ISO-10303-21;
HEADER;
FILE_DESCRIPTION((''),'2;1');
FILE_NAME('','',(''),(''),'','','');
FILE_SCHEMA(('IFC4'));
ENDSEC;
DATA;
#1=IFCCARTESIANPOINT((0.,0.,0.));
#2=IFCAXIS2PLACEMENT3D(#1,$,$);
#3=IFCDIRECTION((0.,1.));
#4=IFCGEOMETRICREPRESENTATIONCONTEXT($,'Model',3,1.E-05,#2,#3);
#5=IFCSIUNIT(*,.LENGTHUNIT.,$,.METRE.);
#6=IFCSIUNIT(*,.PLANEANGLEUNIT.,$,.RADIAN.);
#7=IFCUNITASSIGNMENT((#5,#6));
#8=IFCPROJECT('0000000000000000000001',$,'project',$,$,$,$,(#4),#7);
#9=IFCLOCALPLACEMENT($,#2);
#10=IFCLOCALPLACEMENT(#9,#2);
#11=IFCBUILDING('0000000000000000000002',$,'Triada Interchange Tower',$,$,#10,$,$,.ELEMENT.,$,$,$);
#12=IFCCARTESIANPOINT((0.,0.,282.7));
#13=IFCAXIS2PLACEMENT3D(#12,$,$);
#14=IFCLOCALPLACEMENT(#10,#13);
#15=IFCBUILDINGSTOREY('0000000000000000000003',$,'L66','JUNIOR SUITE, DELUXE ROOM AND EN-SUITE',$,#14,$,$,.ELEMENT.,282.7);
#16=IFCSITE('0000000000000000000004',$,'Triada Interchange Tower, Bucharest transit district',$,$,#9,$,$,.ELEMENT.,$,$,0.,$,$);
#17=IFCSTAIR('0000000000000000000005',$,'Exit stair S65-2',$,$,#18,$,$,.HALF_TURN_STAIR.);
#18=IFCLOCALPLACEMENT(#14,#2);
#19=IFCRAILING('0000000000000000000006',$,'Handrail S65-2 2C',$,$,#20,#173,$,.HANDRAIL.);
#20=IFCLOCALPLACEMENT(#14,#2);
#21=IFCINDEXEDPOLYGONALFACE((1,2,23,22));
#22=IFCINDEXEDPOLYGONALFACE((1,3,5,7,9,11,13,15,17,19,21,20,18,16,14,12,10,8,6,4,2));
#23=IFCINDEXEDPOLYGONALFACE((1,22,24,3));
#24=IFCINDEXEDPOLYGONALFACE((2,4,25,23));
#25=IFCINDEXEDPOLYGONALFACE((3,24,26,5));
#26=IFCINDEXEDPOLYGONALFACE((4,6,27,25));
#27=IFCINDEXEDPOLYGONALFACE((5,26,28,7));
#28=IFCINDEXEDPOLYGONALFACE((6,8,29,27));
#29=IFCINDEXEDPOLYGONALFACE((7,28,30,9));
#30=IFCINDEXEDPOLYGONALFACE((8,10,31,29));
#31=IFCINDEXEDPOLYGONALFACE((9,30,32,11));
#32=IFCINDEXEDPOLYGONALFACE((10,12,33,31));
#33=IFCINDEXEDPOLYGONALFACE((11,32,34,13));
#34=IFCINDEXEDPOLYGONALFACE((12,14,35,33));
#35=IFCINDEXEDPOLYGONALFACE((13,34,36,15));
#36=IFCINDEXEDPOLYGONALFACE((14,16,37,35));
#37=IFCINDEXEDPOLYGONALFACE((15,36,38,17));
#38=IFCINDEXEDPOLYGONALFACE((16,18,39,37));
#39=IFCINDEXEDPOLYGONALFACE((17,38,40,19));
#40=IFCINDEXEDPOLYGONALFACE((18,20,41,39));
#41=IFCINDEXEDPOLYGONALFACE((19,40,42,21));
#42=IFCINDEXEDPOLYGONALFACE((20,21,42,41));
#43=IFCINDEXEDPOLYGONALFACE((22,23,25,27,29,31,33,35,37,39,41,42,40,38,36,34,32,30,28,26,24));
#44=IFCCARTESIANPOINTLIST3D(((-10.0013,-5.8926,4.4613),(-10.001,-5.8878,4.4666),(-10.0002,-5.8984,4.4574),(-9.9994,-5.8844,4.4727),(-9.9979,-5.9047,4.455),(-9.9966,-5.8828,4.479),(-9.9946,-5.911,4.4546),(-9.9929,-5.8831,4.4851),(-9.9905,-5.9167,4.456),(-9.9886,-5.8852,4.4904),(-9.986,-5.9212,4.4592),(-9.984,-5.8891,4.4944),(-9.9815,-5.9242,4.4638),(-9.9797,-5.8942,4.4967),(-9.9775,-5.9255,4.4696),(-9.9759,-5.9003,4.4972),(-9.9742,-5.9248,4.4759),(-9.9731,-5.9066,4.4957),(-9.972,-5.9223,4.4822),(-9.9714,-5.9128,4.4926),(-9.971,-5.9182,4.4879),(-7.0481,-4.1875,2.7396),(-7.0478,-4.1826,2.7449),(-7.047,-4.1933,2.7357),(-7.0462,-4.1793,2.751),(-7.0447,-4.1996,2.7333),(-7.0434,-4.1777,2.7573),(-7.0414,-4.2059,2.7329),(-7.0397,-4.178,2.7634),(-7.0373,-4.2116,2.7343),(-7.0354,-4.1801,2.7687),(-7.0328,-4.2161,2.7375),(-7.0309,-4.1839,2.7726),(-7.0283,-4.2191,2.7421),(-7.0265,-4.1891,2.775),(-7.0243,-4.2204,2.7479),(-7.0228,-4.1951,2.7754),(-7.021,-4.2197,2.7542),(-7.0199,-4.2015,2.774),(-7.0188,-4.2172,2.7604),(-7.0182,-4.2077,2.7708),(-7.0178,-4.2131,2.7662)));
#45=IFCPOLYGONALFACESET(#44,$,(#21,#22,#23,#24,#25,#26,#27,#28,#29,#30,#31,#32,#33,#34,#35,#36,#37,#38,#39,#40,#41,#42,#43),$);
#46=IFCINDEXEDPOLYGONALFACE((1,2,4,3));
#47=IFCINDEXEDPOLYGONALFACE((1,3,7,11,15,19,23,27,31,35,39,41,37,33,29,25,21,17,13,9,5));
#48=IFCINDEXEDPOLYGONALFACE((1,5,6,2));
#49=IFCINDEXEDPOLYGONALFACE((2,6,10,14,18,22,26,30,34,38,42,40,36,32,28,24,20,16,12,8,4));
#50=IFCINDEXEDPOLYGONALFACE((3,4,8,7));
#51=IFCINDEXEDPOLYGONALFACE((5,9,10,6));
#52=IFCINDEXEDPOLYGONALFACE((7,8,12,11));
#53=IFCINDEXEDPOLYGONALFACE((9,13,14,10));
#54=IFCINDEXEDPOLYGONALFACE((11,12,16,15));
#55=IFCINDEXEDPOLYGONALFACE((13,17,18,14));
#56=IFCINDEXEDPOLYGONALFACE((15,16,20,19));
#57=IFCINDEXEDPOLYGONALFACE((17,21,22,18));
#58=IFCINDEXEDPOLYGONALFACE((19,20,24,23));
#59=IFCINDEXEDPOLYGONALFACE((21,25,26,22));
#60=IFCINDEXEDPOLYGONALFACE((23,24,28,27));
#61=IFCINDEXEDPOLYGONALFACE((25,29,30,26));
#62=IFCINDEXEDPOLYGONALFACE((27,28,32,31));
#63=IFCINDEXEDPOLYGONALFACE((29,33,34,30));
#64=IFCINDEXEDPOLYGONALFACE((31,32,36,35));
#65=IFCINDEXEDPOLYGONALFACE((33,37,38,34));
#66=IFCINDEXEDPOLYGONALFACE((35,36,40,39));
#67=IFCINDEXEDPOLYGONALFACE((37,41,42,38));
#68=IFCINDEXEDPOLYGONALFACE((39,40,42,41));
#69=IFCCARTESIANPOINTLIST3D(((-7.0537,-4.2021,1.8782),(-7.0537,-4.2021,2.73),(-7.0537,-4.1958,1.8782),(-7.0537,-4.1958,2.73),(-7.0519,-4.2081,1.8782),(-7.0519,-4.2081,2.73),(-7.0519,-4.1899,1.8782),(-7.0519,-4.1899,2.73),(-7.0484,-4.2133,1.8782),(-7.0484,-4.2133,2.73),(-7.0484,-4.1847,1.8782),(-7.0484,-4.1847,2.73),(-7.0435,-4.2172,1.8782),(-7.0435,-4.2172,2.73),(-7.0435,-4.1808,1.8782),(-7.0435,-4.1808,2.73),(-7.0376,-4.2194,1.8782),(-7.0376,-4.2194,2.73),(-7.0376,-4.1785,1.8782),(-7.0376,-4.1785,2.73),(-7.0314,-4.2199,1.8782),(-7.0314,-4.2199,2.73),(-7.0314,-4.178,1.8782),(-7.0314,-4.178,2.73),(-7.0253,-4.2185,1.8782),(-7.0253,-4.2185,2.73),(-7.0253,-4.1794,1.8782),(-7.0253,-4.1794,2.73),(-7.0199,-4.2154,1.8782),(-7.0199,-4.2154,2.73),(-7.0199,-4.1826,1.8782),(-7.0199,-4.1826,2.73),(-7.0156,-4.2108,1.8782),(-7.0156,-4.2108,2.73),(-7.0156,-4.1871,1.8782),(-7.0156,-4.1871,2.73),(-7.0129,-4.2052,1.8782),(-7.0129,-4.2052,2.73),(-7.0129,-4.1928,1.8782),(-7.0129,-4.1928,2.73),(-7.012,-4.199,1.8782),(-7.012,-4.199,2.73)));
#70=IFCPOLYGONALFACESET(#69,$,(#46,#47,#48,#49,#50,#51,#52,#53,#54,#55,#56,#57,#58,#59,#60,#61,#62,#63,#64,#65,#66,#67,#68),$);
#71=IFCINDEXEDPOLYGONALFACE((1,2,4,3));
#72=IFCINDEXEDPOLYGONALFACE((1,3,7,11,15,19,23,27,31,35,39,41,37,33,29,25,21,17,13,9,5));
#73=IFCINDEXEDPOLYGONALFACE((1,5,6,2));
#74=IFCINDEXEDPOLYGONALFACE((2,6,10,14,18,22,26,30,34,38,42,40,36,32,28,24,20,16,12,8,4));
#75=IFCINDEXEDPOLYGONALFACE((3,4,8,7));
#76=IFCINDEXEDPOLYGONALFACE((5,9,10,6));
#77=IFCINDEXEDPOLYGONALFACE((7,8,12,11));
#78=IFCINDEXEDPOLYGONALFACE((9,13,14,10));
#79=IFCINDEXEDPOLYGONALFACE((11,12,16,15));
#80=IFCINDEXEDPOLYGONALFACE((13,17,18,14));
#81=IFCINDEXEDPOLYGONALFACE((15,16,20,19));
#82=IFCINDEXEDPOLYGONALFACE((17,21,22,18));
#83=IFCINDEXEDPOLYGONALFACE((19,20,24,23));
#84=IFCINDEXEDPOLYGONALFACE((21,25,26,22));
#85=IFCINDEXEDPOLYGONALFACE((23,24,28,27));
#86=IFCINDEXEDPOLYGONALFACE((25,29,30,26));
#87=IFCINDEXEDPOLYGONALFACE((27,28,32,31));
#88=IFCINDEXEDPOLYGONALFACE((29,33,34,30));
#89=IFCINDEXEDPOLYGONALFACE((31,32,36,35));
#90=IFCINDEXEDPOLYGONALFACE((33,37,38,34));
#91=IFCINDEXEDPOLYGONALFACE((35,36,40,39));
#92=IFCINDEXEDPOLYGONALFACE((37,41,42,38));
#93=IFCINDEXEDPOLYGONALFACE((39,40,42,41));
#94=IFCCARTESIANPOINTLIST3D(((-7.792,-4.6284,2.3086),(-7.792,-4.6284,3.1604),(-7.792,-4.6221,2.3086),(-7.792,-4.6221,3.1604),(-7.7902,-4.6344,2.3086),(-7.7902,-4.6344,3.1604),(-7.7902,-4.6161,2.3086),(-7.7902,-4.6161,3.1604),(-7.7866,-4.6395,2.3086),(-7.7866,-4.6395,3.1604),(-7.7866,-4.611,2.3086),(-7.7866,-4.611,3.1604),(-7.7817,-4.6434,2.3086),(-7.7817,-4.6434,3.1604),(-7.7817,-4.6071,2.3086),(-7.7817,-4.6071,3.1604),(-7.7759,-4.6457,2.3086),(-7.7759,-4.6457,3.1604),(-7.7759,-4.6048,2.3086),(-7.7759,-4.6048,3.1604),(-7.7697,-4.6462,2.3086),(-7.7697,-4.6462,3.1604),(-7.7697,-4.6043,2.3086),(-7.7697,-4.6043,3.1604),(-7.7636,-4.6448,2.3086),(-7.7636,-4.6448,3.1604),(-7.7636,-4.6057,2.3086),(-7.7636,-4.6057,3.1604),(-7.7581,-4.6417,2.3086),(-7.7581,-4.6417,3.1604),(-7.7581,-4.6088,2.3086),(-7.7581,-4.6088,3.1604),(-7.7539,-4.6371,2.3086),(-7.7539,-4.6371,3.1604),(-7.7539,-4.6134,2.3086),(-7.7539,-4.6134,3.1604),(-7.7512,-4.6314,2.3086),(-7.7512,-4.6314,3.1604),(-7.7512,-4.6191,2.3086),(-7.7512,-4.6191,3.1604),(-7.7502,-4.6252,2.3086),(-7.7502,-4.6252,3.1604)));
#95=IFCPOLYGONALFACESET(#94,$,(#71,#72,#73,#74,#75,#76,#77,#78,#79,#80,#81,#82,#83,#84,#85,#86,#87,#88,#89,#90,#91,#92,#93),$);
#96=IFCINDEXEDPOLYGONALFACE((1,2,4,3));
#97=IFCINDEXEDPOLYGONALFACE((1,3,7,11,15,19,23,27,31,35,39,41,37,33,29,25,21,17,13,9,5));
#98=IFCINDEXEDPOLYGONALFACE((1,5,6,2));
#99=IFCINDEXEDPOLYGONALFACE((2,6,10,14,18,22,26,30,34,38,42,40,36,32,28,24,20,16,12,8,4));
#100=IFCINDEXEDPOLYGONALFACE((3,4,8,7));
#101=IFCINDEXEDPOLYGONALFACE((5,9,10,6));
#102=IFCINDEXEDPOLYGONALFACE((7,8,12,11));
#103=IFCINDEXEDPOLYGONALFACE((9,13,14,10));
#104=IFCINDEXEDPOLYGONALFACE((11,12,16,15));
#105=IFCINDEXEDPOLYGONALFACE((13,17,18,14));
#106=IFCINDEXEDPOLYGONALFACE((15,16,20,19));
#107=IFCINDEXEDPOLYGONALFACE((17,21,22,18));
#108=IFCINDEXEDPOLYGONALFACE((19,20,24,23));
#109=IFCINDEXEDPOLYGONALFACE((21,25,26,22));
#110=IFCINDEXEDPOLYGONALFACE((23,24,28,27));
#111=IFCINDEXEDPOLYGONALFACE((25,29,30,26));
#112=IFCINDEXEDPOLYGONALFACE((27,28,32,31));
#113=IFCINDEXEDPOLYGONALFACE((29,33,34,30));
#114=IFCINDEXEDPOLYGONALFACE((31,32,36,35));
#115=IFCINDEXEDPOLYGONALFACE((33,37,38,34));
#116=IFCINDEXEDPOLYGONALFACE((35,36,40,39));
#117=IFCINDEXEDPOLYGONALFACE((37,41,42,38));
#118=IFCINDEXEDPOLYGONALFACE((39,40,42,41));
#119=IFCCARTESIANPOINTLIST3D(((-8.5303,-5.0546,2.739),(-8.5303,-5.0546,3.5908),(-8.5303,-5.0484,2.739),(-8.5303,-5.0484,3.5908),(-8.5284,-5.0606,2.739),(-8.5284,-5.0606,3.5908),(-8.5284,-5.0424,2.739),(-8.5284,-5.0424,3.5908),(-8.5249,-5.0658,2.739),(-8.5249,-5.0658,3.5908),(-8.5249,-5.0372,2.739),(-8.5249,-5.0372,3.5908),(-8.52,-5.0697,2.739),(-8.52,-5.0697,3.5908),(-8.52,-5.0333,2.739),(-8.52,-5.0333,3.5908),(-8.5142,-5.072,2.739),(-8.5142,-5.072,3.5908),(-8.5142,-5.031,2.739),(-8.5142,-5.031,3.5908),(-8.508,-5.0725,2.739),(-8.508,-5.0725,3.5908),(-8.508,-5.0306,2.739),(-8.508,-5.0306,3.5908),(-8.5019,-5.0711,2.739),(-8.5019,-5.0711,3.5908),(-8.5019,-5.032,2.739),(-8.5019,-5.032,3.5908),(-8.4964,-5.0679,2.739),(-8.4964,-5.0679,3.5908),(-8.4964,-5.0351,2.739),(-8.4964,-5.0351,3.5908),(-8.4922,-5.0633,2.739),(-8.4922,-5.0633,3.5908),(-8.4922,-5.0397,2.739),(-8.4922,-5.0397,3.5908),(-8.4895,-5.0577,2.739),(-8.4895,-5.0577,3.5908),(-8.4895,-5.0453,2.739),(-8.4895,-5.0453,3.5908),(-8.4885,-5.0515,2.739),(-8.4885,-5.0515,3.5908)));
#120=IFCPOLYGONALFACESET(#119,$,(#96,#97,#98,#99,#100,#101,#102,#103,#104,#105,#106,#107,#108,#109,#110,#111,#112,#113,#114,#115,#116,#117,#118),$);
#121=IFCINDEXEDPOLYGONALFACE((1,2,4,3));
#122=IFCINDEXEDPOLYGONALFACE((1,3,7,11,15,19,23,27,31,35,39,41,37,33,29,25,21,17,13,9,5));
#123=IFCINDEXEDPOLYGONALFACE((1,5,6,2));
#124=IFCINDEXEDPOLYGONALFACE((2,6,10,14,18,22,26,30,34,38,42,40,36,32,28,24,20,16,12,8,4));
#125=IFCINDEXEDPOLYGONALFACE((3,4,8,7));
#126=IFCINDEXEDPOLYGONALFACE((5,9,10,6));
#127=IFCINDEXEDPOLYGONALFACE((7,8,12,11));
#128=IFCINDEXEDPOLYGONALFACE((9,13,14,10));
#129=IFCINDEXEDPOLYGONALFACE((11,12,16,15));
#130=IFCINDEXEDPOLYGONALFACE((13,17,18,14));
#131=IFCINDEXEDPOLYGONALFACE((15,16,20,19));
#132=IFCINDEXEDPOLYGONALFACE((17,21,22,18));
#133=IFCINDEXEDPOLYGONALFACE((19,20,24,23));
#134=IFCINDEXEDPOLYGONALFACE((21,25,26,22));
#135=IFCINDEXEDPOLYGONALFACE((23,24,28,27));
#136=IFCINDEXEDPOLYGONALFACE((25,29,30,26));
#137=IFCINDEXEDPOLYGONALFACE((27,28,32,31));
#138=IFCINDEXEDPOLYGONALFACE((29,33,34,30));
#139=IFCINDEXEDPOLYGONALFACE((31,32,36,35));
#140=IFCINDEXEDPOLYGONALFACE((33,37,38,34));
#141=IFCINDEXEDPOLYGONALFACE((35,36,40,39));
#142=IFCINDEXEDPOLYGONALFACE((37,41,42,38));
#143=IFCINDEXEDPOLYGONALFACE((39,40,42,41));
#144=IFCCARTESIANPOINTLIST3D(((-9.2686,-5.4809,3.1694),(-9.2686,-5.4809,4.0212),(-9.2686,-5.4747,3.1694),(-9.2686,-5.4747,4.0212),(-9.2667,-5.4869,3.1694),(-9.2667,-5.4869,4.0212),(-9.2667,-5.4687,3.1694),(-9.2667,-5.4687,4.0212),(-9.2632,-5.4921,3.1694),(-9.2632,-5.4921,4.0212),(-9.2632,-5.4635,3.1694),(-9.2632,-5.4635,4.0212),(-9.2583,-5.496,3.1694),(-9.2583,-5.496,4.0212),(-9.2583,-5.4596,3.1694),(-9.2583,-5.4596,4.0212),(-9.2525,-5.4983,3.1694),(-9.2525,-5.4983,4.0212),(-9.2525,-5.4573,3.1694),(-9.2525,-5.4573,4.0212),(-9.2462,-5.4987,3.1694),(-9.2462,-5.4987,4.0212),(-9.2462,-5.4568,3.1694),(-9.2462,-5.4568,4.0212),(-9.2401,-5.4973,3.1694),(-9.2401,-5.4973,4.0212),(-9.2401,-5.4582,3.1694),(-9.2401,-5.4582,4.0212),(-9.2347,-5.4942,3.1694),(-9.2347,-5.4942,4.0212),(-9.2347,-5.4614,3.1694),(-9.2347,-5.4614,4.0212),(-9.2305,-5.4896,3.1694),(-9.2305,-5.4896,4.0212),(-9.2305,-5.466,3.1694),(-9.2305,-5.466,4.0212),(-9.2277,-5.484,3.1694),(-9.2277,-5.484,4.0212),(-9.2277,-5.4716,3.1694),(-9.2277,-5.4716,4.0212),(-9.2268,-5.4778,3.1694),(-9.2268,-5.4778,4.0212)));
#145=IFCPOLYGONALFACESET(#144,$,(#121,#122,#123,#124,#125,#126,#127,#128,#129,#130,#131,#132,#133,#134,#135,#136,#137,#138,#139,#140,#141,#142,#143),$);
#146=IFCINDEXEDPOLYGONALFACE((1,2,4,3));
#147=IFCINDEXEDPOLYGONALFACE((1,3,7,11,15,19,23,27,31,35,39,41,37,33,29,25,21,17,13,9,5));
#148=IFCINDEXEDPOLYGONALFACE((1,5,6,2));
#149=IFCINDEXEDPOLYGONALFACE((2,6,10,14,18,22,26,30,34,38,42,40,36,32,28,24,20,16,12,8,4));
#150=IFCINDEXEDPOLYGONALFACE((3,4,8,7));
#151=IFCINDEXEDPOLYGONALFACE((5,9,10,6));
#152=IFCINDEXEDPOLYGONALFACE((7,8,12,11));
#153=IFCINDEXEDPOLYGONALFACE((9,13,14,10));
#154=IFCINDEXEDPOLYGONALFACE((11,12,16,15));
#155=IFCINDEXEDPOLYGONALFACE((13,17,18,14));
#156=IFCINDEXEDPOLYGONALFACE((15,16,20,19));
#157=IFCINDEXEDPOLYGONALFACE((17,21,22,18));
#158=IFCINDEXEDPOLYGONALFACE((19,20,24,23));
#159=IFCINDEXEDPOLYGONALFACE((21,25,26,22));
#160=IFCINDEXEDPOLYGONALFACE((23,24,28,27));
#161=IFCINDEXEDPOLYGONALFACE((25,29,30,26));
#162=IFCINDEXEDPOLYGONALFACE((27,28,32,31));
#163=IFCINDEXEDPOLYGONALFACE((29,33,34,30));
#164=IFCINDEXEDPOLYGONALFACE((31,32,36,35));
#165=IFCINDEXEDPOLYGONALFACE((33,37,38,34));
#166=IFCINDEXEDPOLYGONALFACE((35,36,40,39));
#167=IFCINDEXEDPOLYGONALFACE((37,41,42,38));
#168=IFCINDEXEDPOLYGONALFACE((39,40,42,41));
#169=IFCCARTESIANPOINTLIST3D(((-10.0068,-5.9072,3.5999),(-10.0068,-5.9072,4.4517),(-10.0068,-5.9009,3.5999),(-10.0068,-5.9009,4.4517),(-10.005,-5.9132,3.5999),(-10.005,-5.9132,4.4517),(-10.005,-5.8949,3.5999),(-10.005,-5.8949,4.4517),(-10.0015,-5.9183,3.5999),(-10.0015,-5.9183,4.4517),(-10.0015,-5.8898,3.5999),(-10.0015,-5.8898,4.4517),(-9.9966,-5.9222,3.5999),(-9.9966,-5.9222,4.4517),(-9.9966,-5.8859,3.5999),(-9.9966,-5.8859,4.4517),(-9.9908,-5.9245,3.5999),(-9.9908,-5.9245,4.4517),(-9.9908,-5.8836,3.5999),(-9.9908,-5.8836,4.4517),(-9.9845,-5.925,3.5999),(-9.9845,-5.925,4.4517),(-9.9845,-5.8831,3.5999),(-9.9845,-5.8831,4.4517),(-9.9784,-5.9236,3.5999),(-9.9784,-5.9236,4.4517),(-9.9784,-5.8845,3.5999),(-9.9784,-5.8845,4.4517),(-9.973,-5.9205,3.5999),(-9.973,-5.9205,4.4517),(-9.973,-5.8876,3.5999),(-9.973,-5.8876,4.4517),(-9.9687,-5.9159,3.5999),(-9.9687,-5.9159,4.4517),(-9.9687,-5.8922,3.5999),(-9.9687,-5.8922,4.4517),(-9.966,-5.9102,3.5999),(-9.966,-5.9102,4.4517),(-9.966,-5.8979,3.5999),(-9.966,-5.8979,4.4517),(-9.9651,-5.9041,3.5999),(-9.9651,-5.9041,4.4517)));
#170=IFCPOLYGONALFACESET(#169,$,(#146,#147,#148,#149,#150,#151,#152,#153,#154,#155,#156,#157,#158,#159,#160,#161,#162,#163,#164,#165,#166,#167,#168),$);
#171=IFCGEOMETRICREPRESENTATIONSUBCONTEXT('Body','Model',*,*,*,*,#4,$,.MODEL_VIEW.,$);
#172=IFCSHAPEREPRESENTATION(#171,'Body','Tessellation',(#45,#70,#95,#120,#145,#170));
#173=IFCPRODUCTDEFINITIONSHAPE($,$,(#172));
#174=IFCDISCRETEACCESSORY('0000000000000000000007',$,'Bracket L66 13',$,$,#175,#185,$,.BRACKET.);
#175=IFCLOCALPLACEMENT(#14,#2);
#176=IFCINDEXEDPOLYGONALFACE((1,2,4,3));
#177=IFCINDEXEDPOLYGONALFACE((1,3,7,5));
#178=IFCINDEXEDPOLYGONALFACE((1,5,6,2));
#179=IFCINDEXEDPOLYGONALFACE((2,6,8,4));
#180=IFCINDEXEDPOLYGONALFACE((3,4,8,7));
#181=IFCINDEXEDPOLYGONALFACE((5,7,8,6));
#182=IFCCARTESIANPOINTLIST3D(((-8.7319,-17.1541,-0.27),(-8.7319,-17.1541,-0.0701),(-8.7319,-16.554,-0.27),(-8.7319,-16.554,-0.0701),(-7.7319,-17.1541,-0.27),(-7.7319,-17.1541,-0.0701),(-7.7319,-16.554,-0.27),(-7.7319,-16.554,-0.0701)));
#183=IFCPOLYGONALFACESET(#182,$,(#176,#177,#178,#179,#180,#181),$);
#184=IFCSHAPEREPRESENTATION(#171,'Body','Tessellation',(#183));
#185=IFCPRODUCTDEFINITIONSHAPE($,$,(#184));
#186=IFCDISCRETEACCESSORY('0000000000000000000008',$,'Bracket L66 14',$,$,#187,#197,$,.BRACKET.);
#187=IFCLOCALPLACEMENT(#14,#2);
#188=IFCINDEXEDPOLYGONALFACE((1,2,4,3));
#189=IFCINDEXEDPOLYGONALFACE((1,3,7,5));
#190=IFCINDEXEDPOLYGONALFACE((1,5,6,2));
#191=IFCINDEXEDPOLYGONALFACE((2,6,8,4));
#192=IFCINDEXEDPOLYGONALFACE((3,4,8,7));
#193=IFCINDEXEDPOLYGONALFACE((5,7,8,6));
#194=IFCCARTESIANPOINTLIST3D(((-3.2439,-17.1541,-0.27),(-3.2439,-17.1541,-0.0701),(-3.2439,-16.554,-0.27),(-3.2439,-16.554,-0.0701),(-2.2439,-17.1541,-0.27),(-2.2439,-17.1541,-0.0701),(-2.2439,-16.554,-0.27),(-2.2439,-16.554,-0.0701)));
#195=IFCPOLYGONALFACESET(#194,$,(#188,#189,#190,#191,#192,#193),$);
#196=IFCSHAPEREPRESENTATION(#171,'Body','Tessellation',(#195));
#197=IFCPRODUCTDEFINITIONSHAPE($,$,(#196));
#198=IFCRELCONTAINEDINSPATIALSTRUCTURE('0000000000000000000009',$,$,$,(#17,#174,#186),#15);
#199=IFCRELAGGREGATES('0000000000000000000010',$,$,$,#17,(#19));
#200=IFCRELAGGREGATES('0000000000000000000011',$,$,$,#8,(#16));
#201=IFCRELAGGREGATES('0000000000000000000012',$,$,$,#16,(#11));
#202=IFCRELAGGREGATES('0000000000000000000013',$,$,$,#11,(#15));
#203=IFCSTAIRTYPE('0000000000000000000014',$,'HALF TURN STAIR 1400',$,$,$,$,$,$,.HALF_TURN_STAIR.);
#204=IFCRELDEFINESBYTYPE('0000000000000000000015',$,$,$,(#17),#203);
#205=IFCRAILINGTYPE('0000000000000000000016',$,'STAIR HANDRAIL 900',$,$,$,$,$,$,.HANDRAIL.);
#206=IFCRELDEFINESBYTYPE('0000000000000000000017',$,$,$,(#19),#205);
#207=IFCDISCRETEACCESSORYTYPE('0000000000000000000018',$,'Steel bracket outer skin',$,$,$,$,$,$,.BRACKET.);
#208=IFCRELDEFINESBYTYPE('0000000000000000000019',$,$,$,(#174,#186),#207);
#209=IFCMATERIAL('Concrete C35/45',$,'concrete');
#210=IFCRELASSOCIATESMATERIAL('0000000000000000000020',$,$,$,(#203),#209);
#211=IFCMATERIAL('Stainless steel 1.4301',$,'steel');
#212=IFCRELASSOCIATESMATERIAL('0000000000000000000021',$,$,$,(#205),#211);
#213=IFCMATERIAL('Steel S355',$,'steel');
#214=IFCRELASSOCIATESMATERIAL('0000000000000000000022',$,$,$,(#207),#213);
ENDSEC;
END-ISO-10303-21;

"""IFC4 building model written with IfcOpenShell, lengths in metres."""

from ifc_helpers import new_model, si_unit, direction, frame, origin, origin_2d, place, context, subcontext, project, spatial, rectangle, circle, extrude, material, type_object, element, aggregate, save


model = new_model("IFC4")

# Units and contexts
model_context = context("Model", 3, precision=1e-05, world=origin(), true_north=direction((0.0, 1.0)))
body_context = subcontext(model_context, "Body", "Model", "MODEL_VIEW")
ifc_project = project(units=[si_unit("LENGTHUNIT", "METRE"), si_unit("PLANEANGLEUNIT", "RADIAN")], contexts=[model_context])

# Site, building, storey
site_placement = place(None, origin())
site = spatial("IfcSite", under=ifc_project, at=site_placement, Name="Triada Interchange Tower, Bucharest transit district", CompositionType="ELEMENT", RefElevation=0.0)
building_placement = place(site_placement, origin())
building = spatial("IfcBuilding", under=site, at=building_placement, Name="Triada Interchange Tower", CompositionType="ELEMENT")
storey_placement = place(building_placement, frame((0.0, 0.0, 282.7)))
storey = spatial("IfcBuildingStorey", under=building, at=storey_placement, Name="L66", Description="JUNIOR SUITE, DELUXE ROOM AND EN-SUITE", CompositionType="ELEMENT", Elevation=282.7)

# Stair
ifc_material_1 = material(Name="Concrete C35/45", Category="concrete")
stair_type = type_object("IfcStairType", Name="HALF TURN STAIR 1400", PredefinedType="HALF_TURN_STAIR", material=ifc_material_1)
stair_placement = place(storey_placement, origin())
stair = element("IfcStair", 1, at=stair_placement, inside=storey, type_object=stair_type, Name="Exit stair S65-2", PredefinedType="HALF_TURN_STAIR")

# Railing
ifc_material_2 = material(Name="Stainless steel 1.4301", Category="steel")
railing_type = type_object("IfcRailingType", Name="STAIR HANDRAIL 900", PredefinedType="HANDRAIL", material=ifc_material_2)
railing_1_placement = place(storey_placement, frame((-7.033, -4.199, 1.8782)))
railing_1 = element("IfcRailing", 2, at=railing_1_placement, type_object=railing_type, Name="Handrail S65-2 2C", PredefinedType="HANDRAIL", context=body_context, shape_type="SweptSolid", body=[
    extrude(circle(Radius=0.0239, at=origin_2d()), frame((0.0, 0.0, 0.876), z_axis=(-0.773069, -0.446355, 0.450701), x_axis=(0.50002, -0.866014, 0.0)), (0.0, 0.0, 1.0), 3.8201),
    extrude(circle(Radius=0.021, at=origin_2d()), origin(), (0.0, 0.0, 1.0), 0.8518),
    extrude(circle(Radius=0.021, at=origin_2d()), frame((-0.7383, -0.4263, 0.4304)), (0.0, 0.0, 1.0), 0.8518),
    extrude(circle(Radius=0.021, at=origin_2d()), frame((-1.4766, -0.8525, 0.8608)), (0.0, 0.0, 1.0), 0.8518),
    extrude(circle(Radius=0.021, at=origin_2d()), frame((-2.2148, -1.2788, 1.2913)), (0.0, 0.0, 1.0), 0.8518),
    extrude(circle(Radius=0.021, at=origin_2d()), frame((-2.9531, -1.7051, 1.7217)), (0.0, 0.0, 1.0), 0.8518),
])
aggregate(stair, [railing_1])

# Discrete accessories
ifc_material_3 = material(Name="Steel S355", Category="steel")
discrete_accessory_type = type_object("IfcDiscreteAccessoryType", Name="Steel bracket outer skin", PredefinedType="BRACKET", material=ifc_material_3)
for number, where, z_axis, x_axis, name in (
    (3, (-8.2319, -16.854, -0.27), (0.0, 0.0, 1.0), (0.0, -1.0, 0.0), "Bracket L66 13"),
    (4, (-2.7439, -16.854, -0.27), (0.0, 0.0, 1.0), (0.0, -1.0, 0.0), "Bracket L66 14"),
):
    element("IfcDiscreteAccessory", number, at=place(storey_placement, frame(where, z_axis=z_axis, x_axis=x_axis)), inside=storey, type_object=discrete_accessory_type, Name=name, PredefinedType="BRACKET", context=body_context, shape_type="SweptSolid", body=[
        extrude(rectangle(XDim=0.6001, YDim=1.0, at=origin_2d()), origin(), (0.0, 0.0, 1.0), 0.2),
    ])

save(model, "model.ifc")
